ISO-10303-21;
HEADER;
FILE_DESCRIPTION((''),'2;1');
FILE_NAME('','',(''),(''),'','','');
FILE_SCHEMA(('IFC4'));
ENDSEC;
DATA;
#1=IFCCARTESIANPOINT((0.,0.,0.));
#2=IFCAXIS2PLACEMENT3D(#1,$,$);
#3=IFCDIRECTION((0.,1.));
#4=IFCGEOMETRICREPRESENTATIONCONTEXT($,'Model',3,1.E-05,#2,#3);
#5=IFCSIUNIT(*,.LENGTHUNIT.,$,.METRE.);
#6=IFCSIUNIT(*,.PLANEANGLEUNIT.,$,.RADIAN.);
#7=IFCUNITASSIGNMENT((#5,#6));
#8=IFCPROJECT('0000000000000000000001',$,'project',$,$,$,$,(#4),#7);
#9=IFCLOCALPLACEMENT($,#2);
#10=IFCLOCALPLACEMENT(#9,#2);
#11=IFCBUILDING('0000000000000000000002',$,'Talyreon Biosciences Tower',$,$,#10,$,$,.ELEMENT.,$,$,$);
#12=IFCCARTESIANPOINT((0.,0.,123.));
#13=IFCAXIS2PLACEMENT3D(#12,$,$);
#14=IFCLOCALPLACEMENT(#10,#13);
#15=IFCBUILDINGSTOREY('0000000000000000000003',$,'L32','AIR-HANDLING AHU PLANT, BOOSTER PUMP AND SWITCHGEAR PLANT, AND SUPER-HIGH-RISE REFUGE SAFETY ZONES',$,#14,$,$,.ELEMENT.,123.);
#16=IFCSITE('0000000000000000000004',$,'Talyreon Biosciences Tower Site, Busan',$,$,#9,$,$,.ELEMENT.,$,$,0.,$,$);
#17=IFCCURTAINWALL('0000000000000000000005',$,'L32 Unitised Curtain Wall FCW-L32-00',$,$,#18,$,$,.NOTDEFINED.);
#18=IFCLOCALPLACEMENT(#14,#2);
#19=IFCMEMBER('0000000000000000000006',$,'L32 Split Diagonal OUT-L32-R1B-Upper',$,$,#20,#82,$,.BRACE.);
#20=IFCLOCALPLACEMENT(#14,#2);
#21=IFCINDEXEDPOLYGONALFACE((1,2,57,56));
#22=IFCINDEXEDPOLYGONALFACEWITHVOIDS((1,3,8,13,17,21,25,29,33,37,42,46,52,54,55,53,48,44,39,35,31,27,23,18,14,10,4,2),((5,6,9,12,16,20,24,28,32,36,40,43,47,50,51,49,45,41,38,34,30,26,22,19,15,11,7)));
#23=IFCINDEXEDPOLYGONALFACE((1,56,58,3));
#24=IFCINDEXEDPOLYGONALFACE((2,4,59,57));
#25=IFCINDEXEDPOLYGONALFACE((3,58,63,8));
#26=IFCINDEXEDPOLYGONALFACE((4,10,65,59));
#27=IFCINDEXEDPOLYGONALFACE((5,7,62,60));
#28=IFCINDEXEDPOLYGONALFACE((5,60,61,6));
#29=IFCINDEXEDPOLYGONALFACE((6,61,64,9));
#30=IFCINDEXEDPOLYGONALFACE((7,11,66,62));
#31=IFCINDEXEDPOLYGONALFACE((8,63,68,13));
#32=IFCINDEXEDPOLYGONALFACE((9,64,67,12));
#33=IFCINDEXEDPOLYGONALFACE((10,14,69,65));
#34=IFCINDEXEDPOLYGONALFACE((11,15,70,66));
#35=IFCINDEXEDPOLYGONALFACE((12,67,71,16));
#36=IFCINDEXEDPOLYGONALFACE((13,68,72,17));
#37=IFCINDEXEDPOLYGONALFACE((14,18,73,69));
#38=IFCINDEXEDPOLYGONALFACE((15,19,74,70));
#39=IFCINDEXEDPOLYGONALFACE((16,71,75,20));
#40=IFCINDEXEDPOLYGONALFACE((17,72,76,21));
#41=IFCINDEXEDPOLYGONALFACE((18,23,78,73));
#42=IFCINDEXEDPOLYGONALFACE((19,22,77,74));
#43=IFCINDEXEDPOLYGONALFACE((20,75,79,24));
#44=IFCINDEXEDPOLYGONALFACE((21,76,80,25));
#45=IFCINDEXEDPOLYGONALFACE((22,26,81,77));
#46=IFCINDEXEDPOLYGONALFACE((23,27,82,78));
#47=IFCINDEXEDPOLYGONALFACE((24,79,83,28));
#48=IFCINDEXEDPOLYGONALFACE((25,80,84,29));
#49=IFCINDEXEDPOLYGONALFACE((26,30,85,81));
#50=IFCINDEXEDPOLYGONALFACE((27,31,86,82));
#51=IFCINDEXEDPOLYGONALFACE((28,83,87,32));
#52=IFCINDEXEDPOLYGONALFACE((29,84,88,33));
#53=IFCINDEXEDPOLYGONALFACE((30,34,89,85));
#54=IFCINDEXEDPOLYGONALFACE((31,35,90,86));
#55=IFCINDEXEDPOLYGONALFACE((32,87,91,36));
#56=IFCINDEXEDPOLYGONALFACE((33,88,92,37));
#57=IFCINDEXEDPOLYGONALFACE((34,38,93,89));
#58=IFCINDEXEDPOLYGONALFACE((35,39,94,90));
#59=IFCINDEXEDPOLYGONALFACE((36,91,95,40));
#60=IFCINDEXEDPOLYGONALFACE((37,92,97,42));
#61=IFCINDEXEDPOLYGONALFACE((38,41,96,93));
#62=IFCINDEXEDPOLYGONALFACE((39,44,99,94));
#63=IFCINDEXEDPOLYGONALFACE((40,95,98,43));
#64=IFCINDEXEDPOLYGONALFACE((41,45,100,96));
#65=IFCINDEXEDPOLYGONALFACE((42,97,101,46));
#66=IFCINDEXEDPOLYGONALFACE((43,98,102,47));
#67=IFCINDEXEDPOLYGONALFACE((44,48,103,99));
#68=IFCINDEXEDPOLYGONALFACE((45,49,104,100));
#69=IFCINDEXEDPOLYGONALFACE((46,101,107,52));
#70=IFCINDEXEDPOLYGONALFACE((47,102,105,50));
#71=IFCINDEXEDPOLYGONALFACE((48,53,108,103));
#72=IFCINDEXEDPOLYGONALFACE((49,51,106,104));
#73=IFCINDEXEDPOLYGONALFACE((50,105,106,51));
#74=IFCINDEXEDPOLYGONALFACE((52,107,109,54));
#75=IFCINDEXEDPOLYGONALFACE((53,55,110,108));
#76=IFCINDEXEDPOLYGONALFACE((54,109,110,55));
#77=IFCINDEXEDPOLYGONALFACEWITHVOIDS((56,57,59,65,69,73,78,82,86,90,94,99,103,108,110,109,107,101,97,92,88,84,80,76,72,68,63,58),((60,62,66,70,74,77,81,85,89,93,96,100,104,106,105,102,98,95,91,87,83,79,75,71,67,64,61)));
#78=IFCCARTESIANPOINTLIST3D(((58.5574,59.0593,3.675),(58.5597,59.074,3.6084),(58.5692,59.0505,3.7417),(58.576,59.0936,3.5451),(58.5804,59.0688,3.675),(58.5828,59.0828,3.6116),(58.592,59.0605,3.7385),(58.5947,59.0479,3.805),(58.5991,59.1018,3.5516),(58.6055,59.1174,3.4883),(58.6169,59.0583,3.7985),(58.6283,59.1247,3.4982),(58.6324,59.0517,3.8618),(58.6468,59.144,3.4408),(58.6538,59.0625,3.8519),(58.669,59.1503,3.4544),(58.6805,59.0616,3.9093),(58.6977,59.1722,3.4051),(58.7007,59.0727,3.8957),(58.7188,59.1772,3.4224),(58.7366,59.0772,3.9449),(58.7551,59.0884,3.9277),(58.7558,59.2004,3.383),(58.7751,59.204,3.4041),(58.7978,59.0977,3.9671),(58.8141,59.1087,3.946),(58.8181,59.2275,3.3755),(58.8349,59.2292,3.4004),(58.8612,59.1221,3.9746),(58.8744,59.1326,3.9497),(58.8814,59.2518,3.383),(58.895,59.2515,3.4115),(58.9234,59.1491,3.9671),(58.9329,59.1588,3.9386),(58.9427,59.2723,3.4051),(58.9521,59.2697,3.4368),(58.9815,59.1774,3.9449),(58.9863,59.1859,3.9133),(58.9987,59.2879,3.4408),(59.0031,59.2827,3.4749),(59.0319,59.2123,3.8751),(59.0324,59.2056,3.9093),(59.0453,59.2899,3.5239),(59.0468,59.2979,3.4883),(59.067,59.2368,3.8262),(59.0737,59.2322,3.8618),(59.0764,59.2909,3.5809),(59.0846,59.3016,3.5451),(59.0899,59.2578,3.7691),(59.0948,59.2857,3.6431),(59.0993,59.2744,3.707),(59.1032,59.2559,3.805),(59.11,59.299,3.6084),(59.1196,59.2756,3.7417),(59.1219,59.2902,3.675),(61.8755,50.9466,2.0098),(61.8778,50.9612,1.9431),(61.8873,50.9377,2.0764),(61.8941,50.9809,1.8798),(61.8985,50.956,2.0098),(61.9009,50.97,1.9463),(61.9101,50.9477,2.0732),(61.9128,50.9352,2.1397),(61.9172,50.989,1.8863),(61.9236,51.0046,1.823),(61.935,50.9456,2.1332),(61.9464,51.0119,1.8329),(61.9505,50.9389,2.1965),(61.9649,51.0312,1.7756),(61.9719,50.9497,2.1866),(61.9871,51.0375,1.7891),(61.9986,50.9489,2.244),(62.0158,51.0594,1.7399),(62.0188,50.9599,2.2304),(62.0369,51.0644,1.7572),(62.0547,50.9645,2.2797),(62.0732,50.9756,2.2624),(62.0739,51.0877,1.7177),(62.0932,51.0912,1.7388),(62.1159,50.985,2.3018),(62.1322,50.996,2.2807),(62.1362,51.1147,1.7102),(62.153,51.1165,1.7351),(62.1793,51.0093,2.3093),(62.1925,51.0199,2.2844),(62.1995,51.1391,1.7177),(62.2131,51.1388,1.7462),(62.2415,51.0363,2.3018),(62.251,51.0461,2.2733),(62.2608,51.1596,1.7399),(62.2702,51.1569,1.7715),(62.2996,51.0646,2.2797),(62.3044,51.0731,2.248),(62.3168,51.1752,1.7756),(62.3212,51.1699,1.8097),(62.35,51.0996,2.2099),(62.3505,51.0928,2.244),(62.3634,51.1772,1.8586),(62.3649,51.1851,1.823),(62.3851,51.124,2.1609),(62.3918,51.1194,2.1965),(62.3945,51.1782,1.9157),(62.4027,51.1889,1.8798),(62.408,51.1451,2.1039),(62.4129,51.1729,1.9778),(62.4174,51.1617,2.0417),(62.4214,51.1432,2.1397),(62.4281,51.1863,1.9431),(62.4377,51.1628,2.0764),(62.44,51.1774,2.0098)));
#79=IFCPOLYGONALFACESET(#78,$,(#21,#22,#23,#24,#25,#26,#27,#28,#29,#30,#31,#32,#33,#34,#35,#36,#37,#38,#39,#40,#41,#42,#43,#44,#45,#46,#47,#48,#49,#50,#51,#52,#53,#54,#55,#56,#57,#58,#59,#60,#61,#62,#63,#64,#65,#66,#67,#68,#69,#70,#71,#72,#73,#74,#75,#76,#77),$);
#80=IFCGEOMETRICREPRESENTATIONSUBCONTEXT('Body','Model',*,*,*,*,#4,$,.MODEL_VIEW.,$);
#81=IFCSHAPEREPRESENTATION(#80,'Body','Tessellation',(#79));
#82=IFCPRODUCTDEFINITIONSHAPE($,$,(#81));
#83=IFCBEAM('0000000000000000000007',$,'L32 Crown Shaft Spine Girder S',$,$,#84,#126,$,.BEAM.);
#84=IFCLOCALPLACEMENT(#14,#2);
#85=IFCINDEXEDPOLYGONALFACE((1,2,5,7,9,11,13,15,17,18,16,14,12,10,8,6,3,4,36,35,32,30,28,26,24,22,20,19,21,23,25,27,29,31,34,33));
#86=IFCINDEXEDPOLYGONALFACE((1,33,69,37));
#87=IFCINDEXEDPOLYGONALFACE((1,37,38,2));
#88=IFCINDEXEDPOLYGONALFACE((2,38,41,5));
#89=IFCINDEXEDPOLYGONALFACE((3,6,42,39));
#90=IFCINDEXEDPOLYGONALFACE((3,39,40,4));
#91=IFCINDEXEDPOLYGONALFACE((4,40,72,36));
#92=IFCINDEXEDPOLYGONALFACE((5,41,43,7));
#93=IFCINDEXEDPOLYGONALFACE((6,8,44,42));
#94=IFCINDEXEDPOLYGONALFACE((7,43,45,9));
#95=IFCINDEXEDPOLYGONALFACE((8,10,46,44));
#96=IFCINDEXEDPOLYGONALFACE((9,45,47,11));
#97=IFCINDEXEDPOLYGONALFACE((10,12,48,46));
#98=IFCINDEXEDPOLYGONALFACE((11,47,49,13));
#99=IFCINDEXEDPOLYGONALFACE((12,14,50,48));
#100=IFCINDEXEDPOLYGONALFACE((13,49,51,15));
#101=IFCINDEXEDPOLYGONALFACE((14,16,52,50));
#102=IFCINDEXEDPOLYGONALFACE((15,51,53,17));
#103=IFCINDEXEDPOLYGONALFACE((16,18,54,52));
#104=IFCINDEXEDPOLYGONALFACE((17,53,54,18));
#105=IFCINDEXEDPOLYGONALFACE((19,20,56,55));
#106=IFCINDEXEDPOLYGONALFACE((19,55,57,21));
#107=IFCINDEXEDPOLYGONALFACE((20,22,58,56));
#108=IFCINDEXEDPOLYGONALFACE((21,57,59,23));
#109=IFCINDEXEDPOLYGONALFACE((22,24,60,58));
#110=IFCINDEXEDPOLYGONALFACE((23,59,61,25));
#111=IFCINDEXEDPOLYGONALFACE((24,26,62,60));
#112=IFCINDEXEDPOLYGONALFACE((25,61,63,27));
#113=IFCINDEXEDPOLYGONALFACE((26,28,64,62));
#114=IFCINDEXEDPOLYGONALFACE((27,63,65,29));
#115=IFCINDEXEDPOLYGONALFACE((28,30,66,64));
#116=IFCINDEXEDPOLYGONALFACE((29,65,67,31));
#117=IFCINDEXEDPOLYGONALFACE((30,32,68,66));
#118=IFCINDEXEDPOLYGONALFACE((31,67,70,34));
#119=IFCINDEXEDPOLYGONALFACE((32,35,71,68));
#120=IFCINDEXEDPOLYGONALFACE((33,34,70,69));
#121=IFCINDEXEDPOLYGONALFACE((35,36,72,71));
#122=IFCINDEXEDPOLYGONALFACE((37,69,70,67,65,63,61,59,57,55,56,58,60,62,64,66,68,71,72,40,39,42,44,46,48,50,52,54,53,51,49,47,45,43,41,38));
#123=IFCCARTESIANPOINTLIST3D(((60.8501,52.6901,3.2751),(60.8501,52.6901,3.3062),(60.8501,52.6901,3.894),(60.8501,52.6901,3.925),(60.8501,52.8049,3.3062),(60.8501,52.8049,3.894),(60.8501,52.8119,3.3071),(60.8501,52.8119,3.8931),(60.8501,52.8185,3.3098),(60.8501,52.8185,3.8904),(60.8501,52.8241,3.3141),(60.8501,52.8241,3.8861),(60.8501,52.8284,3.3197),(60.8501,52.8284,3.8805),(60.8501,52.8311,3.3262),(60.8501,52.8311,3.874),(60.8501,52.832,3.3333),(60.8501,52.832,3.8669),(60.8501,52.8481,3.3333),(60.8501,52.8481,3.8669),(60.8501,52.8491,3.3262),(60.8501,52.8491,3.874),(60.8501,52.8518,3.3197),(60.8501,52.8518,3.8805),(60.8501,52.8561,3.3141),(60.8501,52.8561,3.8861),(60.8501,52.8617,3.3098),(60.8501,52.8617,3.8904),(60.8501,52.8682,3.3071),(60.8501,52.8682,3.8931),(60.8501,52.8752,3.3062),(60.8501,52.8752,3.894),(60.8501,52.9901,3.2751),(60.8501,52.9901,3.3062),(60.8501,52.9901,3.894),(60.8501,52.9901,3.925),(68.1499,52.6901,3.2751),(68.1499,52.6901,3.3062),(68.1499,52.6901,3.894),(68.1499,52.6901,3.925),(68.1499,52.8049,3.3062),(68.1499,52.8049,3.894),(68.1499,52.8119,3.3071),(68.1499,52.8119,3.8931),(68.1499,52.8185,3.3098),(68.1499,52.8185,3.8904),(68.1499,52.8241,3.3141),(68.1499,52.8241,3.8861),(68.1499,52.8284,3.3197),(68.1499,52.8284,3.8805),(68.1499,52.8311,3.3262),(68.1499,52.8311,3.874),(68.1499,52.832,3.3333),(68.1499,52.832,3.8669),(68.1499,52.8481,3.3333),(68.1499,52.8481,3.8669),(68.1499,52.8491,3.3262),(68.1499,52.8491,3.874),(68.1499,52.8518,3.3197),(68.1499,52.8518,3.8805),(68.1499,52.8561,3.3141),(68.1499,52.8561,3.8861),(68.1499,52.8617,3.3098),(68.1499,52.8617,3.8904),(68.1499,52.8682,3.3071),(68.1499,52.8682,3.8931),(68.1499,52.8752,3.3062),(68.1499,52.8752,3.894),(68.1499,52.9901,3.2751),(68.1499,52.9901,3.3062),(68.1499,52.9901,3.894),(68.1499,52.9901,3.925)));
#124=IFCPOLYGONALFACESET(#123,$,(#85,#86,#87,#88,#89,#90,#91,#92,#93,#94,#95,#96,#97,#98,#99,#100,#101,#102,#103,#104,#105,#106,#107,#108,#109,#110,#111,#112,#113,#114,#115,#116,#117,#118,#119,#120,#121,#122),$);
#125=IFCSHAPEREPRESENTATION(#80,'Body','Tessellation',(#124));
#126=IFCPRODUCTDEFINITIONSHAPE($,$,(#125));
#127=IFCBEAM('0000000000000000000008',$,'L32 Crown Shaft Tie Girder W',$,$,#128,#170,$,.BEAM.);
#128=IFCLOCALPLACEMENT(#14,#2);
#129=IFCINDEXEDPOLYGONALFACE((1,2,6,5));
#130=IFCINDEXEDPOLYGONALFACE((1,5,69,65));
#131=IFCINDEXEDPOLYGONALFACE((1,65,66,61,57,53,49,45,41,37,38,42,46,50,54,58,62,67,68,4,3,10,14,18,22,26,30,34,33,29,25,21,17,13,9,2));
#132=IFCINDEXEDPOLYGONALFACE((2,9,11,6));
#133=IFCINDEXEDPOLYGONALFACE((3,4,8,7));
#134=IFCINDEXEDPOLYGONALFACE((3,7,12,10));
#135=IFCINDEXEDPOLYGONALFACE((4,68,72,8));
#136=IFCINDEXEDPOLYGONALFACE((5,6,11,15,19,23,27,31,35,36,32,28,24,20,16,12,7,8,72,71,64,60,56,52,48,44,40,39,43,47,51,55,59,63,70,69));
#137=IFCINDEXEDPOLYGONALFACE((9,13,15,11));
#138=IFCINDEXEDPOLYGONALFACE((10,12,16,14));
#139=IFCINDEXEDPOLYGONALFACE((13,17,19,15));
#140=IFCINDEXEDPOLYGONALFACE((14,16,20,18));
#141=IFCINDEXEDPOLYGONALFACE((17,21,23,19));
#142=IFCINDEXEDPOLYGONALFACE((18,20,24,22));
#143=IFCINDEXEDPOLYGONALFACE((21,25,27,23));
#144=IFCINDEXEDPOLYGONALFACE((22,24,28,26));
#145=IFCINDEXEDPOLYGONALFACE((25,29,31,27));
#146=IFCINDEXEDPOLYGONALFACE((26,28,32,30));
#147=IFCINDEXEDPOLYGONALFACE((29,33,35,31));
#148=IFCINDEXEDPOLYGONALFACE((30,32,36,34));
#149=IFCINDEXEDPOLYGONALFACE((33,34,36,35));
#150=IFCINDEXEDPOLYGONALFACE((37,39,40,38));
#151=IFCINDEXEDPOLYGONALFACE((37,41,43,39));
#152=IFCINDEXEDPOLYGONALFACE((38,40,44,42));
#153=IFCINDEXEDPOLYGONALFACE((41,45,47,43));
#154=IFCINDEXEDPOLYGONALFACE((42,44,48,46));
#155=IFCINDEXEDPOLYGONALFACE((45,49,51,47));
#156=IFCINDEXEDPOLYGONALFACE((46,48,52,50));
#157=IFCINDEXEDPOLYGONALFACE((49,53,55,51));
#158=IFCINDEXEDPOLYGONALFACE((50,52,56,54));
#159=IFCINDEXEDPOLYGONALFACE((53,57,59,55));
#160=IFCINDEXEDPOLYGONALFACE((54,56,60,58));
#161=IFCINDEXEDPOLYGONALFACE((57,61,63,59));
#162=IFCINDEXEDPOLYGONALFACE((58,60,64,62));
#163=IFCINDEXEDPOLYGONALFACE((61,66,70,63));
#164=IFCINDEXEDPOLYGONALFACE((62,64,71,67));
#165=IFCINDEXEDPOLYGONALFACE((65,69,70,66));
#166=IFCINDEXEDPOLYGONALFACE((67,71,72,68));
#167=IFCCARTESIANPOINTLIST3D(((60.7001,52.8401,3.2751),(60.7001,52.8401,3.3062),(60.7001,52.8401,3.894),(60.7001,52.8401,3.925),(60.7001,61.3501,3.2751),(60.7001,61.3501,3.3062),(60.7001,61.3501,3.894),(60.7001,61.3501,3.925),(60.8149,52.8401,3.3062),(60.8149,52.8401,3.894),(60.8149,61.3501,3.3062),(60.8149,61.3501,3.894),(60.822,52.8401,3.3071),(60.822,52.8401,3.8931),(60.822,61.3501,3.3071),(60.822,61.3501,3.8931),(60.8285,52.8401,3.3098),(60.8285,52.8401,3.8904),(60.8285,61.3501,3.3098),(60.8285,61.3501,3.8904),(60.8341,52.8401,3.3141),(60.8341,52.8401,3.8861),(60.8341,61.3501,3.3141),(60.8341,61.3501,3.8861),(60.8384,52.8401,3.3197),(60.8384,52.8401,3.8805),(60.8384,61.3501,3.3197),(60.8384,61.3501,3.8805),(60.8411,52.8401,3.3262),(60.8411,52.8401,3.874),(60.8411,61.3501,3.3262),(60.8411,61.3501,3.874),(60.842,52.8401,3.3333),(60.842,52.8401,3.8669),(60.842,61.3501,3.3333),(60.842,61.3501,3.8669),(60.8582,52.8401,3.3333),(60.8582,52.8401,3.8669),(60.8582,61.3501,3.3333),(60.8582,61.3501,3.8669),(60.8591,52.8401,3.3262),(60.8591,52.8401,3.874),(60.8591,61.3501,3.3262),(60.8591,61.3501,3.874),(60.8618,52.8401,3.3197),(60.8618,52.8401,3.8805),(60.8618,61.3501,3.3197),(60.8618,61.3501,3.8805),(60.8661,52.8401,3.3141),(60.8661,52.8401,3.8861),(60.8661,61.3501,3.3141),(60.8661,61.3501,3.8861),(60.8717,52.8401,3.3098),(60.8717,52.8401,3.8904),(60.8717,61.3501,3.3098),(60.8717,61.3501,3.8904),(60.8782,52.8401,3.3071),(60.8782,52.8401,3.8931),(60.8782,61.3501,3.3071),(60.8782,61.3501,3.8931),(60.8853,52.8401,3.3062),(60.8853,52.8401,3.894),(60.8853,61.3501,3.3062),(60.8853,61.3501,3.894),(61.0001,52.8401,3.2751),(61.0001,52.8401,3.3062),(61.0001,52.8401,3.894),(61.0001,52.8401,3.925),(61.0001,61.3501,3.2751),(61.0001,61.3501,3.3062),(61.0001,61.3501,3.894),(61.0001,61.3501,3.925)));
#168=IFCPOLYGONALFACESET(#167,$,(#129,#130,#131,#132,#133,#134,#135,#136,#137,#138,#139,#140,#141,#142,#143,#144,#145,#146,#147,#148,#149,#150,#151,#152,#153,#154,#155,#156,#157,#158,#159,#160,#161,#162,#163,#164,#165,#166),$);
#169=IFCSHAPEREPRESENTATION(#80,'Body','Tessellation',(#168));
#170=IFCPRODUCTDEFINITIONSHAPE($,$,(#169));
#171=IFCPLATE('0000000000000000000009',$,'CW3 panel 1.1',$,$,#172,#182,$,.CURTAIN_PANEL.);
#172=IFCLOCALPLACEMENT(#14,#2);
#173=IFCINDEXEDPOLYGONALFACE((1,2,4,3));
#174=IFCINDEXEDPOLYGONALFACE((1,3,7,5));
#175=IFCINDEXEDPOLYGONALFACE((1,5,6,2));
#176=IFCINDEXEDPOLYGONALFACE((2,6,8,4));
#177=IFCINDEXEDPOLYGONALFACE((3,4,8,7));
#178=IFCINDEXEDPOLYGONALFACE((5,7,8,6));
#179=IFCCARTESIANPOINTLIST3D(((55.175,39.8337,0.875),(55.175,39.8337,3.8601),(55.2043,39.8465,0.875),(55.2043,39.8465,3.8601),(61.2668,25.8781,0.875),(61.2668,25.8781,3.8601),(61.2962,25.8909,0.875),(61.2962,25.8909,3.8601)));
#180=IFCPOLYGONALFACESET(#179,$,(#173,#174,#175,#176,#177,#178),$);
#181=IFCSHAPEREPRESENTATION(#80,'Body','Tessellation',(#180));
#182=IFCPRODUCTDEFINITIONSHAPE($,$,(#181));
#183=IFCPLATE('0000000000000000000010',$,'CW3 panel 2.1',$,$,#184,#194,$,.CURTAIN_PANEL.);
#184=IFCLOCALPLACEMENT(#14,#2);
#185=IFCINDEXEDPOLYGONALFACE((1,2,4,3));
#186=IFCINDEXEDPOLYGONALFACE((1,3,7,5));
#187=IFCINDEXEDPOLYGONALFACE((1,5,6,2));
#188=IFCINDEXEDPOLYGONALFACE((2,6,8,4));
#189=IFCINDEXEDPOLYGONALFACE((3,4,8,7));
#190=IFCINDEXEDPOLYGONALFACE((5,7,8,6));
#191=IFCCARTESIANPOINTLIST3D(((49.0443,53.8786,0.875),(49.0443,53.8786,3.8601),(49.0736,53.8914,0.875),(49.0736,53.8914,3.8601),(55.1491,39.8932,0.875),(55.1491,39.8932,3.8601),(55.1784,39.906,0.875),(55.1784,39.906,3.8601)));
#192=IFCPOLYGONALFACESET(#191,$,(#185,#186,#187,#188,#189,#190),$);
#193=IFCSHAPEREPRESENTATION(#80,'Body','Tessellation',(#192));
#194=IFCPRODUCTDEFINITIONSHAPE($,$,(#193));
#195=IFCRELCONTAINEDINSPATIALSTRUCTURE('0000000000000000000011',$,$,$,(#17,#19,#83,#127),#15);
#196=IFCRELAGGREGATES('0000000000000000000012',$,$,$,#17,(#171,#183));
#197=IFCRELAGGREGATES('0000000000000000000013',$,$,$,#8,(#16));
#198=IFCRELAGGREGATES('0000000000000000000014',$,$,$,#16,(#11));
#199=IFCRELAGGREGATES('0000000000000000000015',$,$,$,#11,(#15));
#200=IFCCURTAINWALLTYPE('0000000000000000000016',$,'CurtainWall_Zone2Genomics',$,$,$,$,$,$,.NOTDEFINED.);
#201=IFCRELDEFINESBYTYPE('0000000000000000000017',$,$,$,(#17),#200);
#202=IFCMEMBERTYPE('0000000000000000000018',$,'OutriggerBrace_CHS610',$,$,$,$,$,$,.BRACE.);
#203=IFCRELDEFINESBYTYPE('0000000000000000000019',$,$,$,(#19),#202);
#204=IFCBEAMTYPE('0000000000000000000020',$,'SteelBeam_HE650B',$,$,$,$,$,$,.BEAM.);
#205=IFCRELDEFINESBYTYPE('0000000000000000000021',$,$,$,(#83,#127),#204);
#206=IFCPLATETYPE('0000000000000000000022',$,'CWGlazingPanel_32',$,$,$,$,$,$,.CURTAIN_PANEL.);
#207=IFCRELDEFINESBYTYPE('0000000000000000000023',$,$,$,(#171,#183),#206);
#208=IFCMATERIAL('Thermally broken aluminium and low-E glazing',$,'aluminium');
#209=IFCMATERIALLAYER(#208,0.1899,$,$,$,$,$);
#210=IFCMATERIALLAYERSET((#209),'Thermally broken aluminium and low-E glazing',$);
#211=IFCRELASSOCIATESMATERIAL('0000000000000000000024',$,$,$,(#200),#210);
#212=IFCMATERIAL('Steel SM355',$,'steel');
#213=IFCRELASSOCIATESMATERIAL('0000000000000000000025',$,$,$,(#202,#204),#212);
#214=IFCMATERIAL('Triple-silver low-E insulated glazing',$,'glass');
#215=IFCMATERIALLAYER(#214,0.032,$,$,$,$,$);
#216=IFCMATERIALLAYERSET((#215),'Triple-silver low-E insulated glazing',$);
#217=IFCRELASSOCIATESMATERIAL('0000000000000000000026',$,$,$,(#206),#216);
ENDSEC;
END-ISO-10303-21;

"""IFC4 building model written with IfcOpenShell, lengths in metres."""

from ifc_helpers import new_model, si_unit, direction, frame, origin, origin_2d, place, context, subcontext, project, spatial, rectangle, hollow_circle, i_section, extrude, material, layer, layer_set, material_profile, profile_set, type_object, element, aggregate, save


model = new_model("IFC4")

# Units and contexts
model_context = context("Model", 3, precision=1e-05, world=origin(), true_north=direction((0.0, 1.0)))
body_context = subcontext(model_context, "Body", "Model", "MODEL_VIEW")
ifc_project = project(units=[si_unit("LENGTHUNIT", "METRE"), si_unit("PLANEANGLEUNIT", "RADIAN")], contexts=[model_context])

# Site, building, storey
site_placement = place(None, origin())
site = spatial("IfcSite", under=ifc_project, at=site_placement, Name="Talyreon Biosciences Tower Site, Busan", CompositionType="ELEMENT", RefElevation=0.0)
building_placement = place(site_placement, origin())
building = spatial("IfcBuilding", under=site, at=building_placement, Name="Talyreon Biosciences Tower", CompositionType="ELEMENT")
storey_placement = place(building_placement, frame((0.0, 0.0, 123.0)))
storey = spatial("IfcBuildingStorey", under=building, at=storey_placement, Name="L32", Description="AIR-HANDLING AHU PLANT, BOOSTER PUMP AND SWITCHGEAR PLANT, AND SUPER-HIGH-RISE REFUGE SAFETY ZONES", CompositionType="ELEMENT", Elevation=123.0)

# Shared definitions
ifc_material_1 = material(Name="Steel SM355", Category="steel")

# Curtain wall
ifc_material_2 = material(Name="Thermally broken aluminium and low-E glazing", Category="aluminium")
ifc_layer_1 = layer(ifc_material_2, 0.1899)
ifc_layer_set_1 = layer_set([ifc_layer_1], Name="Thermally broken aluminium and low-E glazing")
curtain_wall_type = type_object("IfcCurtainWallType", Name="CurtainWall_Zone2Genomics", PredefinedType="NOTDEFINED", material=ifc_layer_set_1)
curtain_wall_placement = place(storey_placement, origin())
curtain_wall = element("IfcCurtainWall", 1, at=curtain_wall_placement, inside=storey, type_object=curtain_wall_type, Name="L32 Unitised Curtain Wall FCW-L32-00", PredefinedType="NOTDEFINED")

# Member
ifc_material_profile_1 = material_profile(ifc_material_1, hollow_circle(Radius=0.3049, WallThickness=0.0249, at=origin_2d()), Name="CHS 610x25")
ifc_profile_set_1 = profile_set([ifc_material_profile_1], Name="Steel SM355")
member_type_1 = type_object("IfcMemberType", Name="OutriggerBrace_CHS610", PredefinedType="BRACE", material=ifc_profile_set_1)
member_1_placement = place(storey_placement, frame((62.1577, 51.062, 2.0098), z_axis=(-0.371906, 0.909311, 0.186651), x_axis=(-0.925577, -0.378559, 0.0)))
element("IfcMember", 2, at=member_1_placement, inside=storey, type_object=member_type_1, Name="L32 Split Diagonal OUT-L32-R1B-Upper", PredefinedType="BRACE", context=body_context, shape_type="SweptSolid", body=[
    extrude(hollow_circle(Radius=0.3049, WallThickness=0.0249, at=origin_2d()), origin(), (0.0, 0.0, 1.0), 8.9219),
])

# Beams
ifc_material_profile_2 = material_profile(ifc_material_1, i_section(OverallWidth=0.3, OverallDepth=0.6499, WebThickness=0.0161, FlangeThickness=0.031, FilletRadius=0.0271, at=origin_2d()), Name="HE650B")
ifc_profile_set_2 = profile_set([ifc_material_profile_2], Name="Steel SM355")
beam_type_1 = type_object("IfcBeamType", Name="SteelBeam_HE650B", PredefinedType="BEAM", material=ifc_profile_set_2)
beam_1_placement = place(storey_placement, frame((60.8501, 52.8401, 3.6001), z_axis=(1.0, 0.0, 0.0), x_axis=(0.0, 1.0, 0.0)))
element("IfcBeam", 3, at=beam_1_placement, inside=storey, type_object=beam_type_1, Name="L32 Crown Shaft Spine Girder S", PredefinedType="BEAM", context=body_context, shape_type="SweptSolid", body=[
    extrude(i_section(OverallWidth=0.3, OverallDepth=0.6499, WebThickness=0.0161, FlangeThickness=0.031, FilletRadius=0.0271, at=origin_2d()), origin(), (0.0, 0.0, 1.0), 7.2998),
])
beam_2_placement = place(storey_placement, frame((60.8501, 52.8401, 3.6001), z_axis=(0.0, 1.0, 0.0), x_axis=(-1.0, 0.0, 0.0)))
element("IfcBeam", 4, at=beam_2_placement, inside=storey, type_object=beam_type_1, Name="L32 Crown Shaft Tie Girder W", PredefinedType="BEAM", context=body_context, shape_type="SweptSolid", body=[
    extrude(i_section(OverallWidth=0.3, OverallDepth=0.6499, WebThickness=0.0161, FlangeThickness=0.031, FilletRadius=0.0271, at=origin_2d()), origin(), (0.0, 0.0, 1.0), 8.51),
])

# Plates
ifc_material_3 = material(Name="Triple-silver low-E insulated glazing", Category="glass")
ifc_layer_2 = layer(ifc_material_3, 0.032)
ifc_layer_set_2 = layer_set([ifc_layer_2], Name="Triple-silver low-E insulated glazing")
plate_type_1 = type_object("IfcPlateType", Name="CWGlazingPanel_32", PredefinedType="CURTAIN_PANEL", material=ifc_layer_set_2)
plate_1_placement = place(storey_placement, frame((58.2356, 32.8623, 0.875), z_axis=(0.0, 0.0, 1.0), x_axis=(-0.400058, 0.91649, 0.0)))
plate_1 = element("IfcPlate", 5, at=plate_1_placement, type_object=plate_type_1, Name="CW3 panel 1.1", PredefinedType="CURTAIN_PANEL", context=body_context, shape_type="SweptSolid", body=[
    extrude(rectangle(XDim=15.2273, YDim=0.032, at=origin_2d()), origin(), (0.0, 0.0, 1.0), 2.9851),
])
plate_2_placement = place(storey_placement, frame((52.1113, 46.8923, 0.875), z_axis=(0.0, 0.0, 1.0), x_axis=(-0.400058, 0.91649, 0.0)))
plate_2 = element("IfcPlate", 6, at=plate_2_placement, type_object=plate_type_1, Name="CW3 panel 2.1", PredefinedType="CURTAIN_PANEL", context=body_context, shape_type="SweptSolid", body=[
    extrude(rectangle(XDim=15.2598, YDim=0.032, at=origin_2d()), origin(), (0.0, 0.0, 1.0), 2.9851),
])
aggregate(curtain_wall, [plate_1, plate_2])

save(model, "model.ifc")
